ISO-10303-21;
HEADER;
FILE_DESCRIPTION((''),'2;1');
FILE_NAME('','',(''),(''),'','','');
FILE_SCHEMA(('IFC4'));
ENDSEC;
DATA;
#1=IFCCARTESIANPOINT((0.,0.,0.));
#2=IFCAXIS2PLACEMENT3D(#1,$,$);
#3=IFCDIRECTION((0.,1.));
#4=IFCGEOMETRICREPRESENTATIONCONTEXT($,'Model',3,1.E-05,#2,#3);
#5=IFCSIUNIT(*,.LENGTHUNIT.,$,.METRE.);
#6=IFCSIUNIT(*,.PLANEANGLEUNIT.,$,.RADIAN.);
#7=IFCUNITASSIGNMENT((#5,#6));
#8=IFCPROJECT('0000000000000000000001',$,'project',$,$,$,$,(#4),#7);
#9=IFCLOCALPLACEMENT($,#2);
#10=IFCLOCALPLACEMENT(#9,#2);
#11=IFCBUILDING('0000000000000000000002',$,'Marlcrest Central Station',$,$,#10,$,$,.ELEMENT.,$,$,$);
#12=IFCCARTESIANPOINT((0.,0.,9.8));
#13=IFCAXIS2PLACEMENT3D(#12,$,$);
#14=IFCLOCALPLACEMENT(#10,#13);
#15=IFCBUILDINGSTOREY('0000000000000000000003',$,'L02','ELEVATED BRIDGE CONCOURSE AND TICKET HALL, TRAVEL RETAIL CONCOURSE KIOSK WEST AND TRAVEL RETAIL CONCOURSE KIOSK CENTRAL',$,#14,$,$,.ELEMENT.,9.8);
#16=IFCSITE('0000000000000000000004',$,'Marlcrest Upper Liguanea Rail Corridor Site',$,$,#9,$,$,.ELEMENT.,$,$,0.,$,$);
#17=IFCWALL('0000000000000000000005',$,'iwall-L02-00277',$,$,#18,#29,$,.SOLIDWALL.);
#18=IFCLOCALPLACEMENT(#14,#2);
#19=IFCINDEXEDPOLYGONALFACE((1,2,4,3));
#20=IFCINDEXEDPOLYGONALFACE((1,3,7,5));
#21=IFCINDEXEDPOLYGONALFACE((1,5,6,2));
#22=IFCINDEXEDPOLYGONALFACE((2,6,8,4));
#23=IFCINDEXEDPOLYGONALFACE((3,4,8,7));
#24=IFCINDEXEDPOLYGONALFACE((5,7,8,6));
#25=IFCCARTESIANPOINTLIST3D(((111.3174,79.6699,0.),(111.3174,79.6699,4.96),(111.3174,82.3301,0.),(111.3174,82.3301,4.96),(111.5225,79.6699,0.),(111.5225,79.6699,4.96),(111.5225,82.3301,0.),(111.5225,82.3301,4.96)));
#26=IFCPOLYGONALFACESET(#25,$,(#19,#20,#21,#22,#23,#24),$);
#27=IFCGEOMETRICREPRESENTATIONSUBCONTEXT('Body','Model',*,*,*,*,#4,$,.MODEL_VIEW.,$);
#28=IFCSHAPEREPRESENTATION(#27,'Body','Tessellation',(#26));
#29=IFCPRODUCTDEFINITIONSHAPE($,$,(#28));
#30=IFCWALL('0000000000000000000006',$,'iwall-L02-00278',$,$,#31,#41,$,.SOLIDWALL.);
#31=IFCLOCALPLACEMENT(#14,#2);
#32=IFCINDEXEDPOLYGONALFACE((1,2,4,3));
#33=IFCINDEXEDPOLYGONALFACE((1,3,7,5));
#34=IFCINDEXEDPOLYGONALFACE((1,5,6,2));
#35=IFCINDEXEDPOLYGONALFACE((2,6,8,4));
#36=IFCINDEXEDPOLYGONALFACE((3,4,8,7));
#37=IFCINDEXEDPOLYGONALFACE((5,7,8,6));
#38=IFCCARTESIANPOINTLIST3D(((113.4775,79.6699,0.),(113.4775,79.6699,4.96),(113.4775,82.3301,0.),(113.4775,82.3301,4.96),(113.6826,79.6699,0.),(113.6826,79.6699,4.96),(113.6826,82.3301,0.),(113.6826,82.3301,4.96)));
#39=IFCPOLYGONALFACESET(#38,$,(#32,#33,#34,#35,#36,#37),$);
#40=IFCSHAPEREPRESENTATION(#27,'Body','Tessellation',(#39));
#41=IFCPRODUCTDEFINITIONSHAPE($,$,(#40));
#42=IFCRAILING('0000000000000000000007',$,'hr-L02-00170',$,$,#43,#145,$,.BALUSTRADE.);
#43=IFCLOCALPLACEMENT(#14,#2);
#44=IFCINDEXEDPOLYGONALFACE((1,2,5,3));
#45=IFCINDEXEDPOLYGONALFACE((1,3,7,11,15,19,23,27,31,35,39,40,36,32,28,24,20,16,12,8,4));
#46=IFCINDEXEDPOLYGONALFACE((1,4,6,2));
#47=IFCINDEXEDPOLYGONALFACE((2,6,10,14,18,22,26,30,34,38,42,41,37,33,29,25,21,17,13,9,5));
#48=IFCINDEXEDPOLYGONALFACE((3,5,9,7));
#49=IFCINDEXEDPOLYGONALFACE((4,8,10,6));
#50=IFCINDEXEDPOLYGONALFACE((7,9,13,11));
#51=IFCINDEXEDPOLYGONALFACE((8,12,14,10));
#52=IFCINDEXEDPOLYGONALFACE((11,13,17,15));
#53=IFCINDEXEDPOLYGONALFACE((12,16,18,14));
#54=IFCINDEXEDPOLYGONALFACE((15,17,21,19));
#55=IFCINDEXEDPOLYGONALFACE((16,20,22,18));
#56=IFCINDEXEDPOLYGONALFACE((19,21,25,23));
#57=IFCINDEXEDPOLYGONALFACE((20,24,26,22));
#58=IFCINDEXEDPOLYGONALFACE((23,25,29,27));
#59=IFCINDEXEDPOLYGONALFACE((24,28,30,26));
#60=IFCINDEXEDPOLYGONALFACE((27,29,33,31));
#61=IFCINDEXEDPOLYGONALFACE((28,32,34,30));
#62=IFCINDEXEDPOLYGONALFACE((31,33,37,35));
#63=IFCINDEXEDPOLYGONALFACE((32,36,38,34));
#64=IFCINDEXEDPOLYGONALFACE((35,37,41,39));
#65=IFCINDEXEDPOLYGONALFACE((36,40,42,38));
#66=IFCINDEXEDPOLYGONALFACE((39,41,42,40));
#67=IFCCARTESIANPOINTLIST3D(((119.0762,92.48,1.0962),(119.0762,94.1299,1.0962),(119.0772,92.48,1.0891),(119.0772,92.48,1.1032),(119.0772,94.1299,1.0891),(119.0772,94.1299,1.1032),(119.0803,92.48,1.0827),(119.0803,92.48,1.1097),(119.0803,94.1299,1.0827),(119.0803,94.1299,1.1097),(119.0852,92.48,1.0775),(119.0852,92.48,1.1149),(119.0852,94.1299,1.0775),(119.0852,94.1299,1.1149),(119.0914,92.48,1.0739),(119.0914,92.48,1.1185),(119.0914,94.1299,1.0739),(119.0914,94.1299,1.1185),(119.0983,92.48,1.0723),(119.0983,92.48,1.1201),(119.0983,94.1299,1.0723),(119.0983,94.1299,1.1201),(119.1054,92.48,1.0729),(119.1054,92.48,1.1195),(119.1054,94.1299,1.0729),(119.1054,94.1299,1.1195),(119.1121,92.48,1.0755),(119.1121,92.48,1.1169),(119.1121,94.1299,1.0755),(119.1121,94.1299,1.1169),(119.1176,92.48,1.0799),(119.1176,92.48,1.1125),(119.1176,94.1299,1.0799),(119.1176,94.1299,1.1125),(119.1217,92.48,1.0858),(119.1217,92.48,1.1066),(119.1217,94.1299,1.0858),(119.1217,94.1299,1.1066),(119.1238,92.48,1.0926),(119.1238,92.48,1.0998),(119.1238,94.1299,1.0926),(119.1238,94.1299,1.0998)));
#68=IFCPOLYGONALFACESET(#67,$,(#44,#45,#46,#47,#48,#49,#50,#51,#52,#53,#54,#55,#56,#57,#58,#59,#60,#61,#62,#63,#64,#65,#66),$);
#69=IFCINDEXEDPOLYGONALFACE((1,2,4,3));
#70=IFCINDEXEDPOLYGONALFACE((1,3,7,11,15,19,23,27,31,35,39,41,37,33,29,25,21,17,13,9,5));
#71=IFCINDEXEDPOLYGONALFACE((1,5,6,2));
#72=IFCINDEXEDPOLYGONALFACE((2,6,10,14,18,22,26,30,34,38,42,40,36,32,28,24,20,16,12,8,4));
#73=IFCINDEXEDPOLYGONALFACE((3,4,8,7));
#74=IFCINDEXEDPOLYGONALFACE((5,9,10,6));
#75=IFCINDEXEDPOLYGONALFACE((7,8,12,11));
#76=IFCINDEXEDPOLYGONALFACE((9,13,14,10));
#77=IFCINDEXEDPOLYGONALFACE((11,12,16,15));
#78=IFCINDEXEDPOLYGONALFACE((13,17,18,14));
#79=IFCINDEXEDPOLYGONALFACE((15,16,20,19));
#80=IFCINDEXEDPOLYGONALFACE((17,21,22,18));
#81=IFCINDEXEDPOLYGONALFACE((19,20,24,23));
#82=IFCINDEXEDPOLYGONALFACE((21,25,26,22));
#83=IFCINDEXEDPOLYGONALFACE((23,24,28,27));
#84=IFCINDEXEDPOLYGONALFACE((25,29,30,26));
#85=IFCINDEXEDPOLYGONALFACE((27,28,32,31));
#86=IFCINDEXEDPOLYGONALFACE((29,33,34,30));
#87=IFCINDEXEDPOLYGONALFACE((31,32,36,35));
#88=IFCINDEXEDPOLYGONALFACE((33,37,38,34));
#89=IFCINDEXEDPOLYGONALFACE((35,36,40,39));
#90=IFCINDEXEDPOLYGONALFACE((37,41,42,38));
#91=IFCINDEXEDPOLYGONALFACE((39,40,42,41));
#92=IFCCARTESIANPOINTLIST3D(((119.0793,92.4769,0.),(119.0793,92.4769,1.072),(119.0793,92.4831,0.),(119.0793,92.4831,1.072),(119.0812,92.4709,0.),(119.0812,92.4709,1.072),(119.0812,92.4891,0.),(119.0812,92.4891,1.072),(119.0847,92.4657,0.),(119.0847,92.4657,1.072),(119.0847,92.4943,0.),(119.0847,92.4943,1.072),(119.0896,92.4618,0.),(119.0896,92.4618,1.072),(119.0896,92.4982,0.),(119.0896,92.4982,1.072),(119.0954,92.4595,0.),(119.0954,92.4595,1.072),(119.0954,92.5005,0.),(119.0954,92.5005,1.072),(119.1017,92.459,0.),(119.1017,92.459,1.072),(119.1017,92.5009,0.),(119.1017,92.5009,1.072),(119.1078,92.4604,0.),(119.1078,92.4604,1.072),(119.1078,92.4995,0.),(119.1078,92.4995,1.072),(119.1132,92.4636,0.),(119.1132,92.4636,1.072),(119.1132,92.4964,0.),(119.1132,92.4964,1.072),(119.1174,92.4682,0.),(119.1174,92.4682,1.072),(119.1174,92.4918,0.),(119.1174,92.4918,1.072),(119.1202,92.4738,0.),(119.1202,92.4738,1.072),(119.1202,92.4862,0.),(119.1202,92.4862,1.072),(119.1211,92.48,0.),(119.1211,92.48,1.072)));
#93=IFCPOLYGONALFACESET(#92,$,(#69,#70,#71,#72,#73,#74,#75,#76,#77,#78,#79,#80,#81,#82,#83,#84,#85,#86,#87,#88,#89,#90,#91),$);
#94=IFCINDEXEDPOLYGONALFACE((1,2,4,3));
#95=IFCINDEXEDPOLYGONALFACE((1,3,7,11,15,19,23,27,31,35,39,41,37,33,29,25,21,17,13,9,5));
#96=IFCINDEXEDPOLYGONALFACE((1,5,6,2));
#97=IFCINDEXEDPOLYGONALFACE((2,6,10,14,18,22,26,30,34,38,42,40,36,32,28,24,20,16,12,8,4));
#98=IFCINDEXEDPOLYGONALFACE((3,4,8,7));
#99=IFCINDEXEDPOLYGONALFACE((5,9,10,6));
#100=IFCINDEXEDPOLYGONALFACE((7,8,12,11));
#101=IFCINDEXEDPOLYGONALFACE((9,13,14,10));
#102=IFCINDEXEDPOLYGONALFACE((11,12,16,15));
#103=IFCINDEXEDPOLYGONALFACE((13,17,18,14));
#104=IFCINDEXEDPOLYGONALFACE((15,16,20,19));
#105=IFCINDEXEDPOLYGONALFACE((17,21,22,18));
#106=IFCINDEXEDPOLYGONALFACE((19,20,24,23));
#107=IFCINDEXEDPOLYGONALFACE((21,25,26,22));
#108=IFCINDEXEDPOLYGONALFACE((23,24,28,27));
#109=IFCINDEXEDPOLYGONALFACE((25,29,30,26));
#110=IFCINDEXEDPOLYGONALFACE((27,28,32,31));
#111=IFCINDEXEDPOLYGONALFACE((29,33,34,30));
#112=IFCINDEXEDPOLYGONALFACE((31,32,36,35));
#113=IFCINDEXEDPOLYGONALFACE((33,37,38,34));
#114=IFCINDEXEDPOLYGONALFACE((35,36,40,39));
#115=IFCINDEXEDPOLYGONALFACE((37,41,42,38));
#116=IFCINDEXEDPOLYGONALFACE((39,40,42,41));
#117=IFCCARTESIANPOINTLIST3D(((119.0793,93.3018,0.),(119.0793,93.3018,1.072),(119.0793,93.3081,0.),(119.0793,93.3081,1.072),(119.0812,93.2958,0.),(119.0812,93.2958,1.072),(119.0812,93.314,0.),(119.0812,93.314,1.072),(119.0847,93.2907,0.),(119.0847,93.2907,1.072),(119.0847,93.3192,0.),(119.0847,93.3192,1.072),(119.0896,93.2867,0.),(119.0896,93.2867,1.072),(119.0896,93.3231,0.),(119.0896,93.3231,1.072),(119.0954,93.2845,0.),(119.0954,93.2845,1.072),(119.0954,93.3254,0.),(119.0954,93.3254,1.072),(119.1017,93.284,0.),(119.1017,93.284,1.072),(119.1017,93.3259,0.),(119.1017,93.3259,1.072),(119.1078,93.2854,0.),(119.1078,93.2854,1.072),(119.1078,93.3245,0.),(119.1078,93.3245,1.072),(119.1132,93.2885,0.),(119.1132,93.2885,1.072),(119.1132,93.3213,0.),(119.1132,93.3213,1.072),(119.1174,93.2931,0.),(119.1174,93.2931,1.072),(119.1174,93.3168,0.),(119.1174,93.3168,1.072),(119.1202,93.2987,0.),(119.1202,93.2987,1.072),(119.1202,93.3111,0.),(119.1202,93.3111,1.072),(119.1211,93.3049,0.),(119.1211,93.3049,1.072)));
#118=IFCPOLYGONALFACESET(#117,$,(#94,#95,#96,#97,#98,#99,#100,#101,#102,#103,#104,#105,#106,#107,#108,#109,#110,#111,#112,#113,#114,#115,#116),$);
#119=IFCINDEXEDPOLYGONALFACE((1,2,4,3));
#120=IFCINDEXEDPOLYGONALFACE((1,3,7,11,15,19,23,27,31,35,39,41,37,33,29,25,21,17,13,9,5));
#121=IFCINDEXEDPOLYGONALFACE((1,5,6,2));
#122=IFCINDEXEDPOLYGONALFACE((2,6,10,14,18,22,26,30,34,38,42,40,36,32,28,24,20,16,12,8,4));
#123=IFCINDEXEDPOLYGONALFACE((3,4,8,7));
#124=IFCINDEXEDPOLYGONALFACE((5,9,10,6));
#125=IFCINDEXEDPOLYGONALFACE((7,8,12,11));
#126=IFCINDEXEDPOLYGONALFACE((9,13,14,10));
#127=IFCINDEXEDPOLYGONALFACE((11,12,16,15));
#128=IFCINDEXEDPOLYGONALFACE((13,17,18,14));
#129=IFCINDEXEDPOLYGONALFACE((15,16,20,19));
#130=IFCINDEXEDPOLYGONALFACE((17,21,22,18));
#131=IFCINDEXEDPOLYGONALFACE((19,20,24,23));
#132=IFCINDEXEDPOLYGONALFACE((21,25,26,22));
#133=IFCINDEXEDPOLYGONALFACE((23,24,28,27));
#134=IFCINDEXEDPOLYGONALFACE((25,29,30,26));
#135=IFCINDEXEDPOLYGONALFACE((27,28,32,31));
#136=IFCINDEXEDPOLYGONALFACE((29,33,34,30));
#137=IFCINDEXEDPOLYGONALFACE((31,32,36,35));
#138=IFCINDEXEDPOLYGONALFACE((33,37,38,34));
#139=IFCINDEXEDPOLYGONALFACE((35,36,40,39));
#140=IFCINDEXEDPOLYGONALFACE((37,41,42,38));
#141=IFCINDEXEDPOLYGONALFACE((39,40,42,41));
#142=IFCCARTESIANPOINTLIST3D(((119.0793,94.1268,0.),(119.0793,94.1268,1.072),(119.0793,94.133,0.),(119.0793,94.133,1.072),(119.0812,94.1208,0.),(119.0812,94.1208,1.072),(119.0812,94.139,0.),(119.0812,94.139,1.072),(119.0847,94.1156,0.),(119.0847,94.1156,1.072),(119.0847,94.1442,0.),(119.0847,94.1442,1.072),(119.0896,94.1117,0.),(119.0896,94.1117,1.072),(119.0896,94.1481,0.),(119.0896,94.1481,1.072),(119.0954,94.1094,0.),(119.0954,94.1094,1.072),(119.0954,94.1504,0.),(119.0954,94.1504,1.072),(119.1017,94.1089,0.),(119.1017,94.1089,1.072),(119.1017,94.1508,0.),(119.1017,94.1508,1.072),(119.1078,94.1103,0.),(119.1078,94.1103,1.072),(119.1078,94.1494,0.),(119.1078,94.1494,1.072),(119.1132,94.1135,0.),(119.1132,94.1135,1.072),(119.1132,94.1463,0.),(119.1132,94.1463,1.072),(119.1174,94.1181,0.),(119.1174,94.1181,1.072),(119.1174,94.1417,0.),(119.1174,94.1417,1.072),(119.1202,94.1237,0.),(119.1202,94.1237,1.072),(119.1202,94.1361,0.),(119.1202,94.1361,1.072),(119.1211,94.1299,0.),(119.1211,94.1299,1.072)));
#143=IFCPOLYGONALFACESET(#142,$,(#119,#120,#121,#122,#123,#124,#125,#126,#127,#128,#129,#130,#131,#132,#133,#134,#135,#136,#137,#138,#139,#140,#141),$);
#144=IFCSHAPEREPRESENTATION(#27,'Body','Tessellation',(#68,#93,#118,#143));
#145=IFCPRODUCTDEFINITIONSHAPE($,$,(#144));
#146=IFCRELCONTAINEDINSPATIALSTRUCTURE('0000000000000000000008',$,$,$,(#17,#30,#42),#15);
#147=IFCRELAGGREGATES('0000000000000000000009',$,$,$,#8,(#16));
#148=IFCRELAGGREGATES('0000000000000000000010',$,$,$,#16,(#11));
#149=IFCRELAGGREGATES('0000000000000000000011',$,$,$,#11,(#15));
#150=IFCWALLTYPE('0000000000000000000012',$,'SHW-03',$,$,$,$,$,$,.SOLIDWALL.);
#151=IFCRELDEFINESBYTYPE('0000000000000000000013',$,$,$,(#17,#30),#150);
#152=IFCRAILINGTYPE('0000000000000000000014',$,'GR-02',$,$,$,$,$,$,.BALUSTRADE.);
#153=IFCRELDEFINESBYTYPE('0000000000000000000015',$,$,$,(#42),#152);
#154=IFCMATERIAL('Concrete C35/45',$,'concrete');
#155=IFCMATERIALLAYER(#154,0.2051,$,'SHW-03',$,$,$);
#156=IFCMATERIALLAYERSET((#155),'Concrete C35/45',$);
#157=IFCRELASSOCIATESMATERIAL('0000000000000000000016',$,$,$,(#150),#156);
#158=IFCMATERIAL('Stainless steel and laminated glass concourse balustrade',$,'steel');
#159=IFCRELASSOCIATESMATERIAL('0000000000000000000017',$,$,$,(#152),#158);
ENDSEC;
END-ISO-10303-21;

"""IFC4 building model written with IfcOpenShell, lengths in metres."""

from ifc_helpers import new_model, si_unit, direction, frame, frame_2d, origin, origin_2d, place, context, subcontext, project, spatial, rectangle, circle, extrude, material, layer, layer_set, type_object, element, save


model = new_model("IFC4")

# Units and contexts
model_context = context("Model", 3, precision=1e-05, world=origin(), true_north=direction((0.0, 1.0)))
body_context = subcontext(model_context, "Body", "Model", "MODEL_VIEW")
ifc_project = project(units=[si_unit("LENGTHUNIT", "METRE"), si_unit("PLANEANGLEUNIT", "RADIAN")], contexts=[model_context])

# Site, building, storey
site_placement = place(None, origin())
site = spatial("IfcSite", under=ifc_project, at=site_placement, Name="Marlcrest Upper Liguanea Rail Corridor Site", CompositionType="ELEMENT", RefElevation=0.0)
building_placement = place(site_placement, origin())
building = spatial("IfcBuilding", under=site, at=building_placement, Name="Marlcrest Central Station", CompositionType="ELEMENT")
storey_placement = place(building_placement, frame((0.0, 0.0, 9.8)))
storey = spatial("IfcBuildingStorey", under=building, at=storey_placement, Name="L02", Description="ELEVATED BRIDGE CONCOURSE AND TICKET HALL, TRAVEL RETAIL CONCOURSE KIOSK WEST AND TRAVEL RETAIL CONCOURSE KIOSK CENTRAL", CompositionType="ELEMENT", Elevation=9.8)

# Shared definitions
ifc_material_1 = material(Name="Concrete C35/45", Category="concrete")
ifc_layer_1 = layer(ifc_material_1, 0.2051, Name="SHW-03")
ifc_layer_set_1 = layer_set([ifc_layer_1], Name="Concrete C35/45")
wall_type_1 = type_object("IfcWallType", Name="SHW-03", PredefinedType="SOLIDWALL", material=ifc_layer_set_1)

# Walls
for number, where, z_axis, x_axis, name in (
    (1, (111.4199, 79.6699, 0.0), (0.0, 0.0, 1.0), (0.0, 1.0, 0.0), "iwall-L02-00277"),
    (2, (113.5801, 82.3301, 0.0), (0.0, 0.0, 1.0), (0.0, -1.0, 0.0), "iwall-L02-00278"),
):
    element("IfcWall", number, at=place(storey_placement, frame(where, z_axis=z_axis, x_axis=x_axis)), inside=storey, type_object=wall_type_1, Name=name, PredefinedType="SOLIDWALL", context=body_context, shape_type="SweptSolid", body=[
        extrude(rectangle(XDim=2.6602, YDim=0.2051, at=frame_2d((1.3301, 0.0))), origin(), (0.0, 0.0, 1.0), 4.96),
    ])

# Railing
ifc_material_2 = material(Name="Stainless steel and laminated glass concourse balustrade", Category="steel")
railing_type = type_object("IfcRailingType", Name="GR-02", PredefinedType="BALUSTRADE", material=ifc_material_2)
railing_1_placement = place(storey_placement, frame((119.1001, 92.48, 0.0)))
element("IfcRailing", 3, at=railing_1_placement, inside=storey, type_object=railing_type, Name="hr-L02-00170", PredefinedType="BALUSTRADE", context=body_context, shape_type="SweptSolid", body=[
    extrude(circle(Radius=0.0239, at=origin_2d()), frame((0.0, 0.0, 1.0962), z_axis=(0.0, 1.0, 0.0), x_axis=(-1.0, 0.0, 0.0)), (0.0, 0.0, 1.0), 1.6499),
    extrude(circle(Radius=0.021, at=origin_2d()), origin(), (0.0, 0.0, 1.0), 1.072),
    extrude(circle(Radius=0.021, at=origin_2d()), frame((0.0, 0.825, 0.0)), (0.0, 0.0, 1.0), 1.072),
    extrude(circle(Radius=0.021, at=origin_2d()), frame((0.0, 1.6499, 0.0)), (0.0, 0.0, 1.0), 1.072),
])

save(model, "model.ifc")
